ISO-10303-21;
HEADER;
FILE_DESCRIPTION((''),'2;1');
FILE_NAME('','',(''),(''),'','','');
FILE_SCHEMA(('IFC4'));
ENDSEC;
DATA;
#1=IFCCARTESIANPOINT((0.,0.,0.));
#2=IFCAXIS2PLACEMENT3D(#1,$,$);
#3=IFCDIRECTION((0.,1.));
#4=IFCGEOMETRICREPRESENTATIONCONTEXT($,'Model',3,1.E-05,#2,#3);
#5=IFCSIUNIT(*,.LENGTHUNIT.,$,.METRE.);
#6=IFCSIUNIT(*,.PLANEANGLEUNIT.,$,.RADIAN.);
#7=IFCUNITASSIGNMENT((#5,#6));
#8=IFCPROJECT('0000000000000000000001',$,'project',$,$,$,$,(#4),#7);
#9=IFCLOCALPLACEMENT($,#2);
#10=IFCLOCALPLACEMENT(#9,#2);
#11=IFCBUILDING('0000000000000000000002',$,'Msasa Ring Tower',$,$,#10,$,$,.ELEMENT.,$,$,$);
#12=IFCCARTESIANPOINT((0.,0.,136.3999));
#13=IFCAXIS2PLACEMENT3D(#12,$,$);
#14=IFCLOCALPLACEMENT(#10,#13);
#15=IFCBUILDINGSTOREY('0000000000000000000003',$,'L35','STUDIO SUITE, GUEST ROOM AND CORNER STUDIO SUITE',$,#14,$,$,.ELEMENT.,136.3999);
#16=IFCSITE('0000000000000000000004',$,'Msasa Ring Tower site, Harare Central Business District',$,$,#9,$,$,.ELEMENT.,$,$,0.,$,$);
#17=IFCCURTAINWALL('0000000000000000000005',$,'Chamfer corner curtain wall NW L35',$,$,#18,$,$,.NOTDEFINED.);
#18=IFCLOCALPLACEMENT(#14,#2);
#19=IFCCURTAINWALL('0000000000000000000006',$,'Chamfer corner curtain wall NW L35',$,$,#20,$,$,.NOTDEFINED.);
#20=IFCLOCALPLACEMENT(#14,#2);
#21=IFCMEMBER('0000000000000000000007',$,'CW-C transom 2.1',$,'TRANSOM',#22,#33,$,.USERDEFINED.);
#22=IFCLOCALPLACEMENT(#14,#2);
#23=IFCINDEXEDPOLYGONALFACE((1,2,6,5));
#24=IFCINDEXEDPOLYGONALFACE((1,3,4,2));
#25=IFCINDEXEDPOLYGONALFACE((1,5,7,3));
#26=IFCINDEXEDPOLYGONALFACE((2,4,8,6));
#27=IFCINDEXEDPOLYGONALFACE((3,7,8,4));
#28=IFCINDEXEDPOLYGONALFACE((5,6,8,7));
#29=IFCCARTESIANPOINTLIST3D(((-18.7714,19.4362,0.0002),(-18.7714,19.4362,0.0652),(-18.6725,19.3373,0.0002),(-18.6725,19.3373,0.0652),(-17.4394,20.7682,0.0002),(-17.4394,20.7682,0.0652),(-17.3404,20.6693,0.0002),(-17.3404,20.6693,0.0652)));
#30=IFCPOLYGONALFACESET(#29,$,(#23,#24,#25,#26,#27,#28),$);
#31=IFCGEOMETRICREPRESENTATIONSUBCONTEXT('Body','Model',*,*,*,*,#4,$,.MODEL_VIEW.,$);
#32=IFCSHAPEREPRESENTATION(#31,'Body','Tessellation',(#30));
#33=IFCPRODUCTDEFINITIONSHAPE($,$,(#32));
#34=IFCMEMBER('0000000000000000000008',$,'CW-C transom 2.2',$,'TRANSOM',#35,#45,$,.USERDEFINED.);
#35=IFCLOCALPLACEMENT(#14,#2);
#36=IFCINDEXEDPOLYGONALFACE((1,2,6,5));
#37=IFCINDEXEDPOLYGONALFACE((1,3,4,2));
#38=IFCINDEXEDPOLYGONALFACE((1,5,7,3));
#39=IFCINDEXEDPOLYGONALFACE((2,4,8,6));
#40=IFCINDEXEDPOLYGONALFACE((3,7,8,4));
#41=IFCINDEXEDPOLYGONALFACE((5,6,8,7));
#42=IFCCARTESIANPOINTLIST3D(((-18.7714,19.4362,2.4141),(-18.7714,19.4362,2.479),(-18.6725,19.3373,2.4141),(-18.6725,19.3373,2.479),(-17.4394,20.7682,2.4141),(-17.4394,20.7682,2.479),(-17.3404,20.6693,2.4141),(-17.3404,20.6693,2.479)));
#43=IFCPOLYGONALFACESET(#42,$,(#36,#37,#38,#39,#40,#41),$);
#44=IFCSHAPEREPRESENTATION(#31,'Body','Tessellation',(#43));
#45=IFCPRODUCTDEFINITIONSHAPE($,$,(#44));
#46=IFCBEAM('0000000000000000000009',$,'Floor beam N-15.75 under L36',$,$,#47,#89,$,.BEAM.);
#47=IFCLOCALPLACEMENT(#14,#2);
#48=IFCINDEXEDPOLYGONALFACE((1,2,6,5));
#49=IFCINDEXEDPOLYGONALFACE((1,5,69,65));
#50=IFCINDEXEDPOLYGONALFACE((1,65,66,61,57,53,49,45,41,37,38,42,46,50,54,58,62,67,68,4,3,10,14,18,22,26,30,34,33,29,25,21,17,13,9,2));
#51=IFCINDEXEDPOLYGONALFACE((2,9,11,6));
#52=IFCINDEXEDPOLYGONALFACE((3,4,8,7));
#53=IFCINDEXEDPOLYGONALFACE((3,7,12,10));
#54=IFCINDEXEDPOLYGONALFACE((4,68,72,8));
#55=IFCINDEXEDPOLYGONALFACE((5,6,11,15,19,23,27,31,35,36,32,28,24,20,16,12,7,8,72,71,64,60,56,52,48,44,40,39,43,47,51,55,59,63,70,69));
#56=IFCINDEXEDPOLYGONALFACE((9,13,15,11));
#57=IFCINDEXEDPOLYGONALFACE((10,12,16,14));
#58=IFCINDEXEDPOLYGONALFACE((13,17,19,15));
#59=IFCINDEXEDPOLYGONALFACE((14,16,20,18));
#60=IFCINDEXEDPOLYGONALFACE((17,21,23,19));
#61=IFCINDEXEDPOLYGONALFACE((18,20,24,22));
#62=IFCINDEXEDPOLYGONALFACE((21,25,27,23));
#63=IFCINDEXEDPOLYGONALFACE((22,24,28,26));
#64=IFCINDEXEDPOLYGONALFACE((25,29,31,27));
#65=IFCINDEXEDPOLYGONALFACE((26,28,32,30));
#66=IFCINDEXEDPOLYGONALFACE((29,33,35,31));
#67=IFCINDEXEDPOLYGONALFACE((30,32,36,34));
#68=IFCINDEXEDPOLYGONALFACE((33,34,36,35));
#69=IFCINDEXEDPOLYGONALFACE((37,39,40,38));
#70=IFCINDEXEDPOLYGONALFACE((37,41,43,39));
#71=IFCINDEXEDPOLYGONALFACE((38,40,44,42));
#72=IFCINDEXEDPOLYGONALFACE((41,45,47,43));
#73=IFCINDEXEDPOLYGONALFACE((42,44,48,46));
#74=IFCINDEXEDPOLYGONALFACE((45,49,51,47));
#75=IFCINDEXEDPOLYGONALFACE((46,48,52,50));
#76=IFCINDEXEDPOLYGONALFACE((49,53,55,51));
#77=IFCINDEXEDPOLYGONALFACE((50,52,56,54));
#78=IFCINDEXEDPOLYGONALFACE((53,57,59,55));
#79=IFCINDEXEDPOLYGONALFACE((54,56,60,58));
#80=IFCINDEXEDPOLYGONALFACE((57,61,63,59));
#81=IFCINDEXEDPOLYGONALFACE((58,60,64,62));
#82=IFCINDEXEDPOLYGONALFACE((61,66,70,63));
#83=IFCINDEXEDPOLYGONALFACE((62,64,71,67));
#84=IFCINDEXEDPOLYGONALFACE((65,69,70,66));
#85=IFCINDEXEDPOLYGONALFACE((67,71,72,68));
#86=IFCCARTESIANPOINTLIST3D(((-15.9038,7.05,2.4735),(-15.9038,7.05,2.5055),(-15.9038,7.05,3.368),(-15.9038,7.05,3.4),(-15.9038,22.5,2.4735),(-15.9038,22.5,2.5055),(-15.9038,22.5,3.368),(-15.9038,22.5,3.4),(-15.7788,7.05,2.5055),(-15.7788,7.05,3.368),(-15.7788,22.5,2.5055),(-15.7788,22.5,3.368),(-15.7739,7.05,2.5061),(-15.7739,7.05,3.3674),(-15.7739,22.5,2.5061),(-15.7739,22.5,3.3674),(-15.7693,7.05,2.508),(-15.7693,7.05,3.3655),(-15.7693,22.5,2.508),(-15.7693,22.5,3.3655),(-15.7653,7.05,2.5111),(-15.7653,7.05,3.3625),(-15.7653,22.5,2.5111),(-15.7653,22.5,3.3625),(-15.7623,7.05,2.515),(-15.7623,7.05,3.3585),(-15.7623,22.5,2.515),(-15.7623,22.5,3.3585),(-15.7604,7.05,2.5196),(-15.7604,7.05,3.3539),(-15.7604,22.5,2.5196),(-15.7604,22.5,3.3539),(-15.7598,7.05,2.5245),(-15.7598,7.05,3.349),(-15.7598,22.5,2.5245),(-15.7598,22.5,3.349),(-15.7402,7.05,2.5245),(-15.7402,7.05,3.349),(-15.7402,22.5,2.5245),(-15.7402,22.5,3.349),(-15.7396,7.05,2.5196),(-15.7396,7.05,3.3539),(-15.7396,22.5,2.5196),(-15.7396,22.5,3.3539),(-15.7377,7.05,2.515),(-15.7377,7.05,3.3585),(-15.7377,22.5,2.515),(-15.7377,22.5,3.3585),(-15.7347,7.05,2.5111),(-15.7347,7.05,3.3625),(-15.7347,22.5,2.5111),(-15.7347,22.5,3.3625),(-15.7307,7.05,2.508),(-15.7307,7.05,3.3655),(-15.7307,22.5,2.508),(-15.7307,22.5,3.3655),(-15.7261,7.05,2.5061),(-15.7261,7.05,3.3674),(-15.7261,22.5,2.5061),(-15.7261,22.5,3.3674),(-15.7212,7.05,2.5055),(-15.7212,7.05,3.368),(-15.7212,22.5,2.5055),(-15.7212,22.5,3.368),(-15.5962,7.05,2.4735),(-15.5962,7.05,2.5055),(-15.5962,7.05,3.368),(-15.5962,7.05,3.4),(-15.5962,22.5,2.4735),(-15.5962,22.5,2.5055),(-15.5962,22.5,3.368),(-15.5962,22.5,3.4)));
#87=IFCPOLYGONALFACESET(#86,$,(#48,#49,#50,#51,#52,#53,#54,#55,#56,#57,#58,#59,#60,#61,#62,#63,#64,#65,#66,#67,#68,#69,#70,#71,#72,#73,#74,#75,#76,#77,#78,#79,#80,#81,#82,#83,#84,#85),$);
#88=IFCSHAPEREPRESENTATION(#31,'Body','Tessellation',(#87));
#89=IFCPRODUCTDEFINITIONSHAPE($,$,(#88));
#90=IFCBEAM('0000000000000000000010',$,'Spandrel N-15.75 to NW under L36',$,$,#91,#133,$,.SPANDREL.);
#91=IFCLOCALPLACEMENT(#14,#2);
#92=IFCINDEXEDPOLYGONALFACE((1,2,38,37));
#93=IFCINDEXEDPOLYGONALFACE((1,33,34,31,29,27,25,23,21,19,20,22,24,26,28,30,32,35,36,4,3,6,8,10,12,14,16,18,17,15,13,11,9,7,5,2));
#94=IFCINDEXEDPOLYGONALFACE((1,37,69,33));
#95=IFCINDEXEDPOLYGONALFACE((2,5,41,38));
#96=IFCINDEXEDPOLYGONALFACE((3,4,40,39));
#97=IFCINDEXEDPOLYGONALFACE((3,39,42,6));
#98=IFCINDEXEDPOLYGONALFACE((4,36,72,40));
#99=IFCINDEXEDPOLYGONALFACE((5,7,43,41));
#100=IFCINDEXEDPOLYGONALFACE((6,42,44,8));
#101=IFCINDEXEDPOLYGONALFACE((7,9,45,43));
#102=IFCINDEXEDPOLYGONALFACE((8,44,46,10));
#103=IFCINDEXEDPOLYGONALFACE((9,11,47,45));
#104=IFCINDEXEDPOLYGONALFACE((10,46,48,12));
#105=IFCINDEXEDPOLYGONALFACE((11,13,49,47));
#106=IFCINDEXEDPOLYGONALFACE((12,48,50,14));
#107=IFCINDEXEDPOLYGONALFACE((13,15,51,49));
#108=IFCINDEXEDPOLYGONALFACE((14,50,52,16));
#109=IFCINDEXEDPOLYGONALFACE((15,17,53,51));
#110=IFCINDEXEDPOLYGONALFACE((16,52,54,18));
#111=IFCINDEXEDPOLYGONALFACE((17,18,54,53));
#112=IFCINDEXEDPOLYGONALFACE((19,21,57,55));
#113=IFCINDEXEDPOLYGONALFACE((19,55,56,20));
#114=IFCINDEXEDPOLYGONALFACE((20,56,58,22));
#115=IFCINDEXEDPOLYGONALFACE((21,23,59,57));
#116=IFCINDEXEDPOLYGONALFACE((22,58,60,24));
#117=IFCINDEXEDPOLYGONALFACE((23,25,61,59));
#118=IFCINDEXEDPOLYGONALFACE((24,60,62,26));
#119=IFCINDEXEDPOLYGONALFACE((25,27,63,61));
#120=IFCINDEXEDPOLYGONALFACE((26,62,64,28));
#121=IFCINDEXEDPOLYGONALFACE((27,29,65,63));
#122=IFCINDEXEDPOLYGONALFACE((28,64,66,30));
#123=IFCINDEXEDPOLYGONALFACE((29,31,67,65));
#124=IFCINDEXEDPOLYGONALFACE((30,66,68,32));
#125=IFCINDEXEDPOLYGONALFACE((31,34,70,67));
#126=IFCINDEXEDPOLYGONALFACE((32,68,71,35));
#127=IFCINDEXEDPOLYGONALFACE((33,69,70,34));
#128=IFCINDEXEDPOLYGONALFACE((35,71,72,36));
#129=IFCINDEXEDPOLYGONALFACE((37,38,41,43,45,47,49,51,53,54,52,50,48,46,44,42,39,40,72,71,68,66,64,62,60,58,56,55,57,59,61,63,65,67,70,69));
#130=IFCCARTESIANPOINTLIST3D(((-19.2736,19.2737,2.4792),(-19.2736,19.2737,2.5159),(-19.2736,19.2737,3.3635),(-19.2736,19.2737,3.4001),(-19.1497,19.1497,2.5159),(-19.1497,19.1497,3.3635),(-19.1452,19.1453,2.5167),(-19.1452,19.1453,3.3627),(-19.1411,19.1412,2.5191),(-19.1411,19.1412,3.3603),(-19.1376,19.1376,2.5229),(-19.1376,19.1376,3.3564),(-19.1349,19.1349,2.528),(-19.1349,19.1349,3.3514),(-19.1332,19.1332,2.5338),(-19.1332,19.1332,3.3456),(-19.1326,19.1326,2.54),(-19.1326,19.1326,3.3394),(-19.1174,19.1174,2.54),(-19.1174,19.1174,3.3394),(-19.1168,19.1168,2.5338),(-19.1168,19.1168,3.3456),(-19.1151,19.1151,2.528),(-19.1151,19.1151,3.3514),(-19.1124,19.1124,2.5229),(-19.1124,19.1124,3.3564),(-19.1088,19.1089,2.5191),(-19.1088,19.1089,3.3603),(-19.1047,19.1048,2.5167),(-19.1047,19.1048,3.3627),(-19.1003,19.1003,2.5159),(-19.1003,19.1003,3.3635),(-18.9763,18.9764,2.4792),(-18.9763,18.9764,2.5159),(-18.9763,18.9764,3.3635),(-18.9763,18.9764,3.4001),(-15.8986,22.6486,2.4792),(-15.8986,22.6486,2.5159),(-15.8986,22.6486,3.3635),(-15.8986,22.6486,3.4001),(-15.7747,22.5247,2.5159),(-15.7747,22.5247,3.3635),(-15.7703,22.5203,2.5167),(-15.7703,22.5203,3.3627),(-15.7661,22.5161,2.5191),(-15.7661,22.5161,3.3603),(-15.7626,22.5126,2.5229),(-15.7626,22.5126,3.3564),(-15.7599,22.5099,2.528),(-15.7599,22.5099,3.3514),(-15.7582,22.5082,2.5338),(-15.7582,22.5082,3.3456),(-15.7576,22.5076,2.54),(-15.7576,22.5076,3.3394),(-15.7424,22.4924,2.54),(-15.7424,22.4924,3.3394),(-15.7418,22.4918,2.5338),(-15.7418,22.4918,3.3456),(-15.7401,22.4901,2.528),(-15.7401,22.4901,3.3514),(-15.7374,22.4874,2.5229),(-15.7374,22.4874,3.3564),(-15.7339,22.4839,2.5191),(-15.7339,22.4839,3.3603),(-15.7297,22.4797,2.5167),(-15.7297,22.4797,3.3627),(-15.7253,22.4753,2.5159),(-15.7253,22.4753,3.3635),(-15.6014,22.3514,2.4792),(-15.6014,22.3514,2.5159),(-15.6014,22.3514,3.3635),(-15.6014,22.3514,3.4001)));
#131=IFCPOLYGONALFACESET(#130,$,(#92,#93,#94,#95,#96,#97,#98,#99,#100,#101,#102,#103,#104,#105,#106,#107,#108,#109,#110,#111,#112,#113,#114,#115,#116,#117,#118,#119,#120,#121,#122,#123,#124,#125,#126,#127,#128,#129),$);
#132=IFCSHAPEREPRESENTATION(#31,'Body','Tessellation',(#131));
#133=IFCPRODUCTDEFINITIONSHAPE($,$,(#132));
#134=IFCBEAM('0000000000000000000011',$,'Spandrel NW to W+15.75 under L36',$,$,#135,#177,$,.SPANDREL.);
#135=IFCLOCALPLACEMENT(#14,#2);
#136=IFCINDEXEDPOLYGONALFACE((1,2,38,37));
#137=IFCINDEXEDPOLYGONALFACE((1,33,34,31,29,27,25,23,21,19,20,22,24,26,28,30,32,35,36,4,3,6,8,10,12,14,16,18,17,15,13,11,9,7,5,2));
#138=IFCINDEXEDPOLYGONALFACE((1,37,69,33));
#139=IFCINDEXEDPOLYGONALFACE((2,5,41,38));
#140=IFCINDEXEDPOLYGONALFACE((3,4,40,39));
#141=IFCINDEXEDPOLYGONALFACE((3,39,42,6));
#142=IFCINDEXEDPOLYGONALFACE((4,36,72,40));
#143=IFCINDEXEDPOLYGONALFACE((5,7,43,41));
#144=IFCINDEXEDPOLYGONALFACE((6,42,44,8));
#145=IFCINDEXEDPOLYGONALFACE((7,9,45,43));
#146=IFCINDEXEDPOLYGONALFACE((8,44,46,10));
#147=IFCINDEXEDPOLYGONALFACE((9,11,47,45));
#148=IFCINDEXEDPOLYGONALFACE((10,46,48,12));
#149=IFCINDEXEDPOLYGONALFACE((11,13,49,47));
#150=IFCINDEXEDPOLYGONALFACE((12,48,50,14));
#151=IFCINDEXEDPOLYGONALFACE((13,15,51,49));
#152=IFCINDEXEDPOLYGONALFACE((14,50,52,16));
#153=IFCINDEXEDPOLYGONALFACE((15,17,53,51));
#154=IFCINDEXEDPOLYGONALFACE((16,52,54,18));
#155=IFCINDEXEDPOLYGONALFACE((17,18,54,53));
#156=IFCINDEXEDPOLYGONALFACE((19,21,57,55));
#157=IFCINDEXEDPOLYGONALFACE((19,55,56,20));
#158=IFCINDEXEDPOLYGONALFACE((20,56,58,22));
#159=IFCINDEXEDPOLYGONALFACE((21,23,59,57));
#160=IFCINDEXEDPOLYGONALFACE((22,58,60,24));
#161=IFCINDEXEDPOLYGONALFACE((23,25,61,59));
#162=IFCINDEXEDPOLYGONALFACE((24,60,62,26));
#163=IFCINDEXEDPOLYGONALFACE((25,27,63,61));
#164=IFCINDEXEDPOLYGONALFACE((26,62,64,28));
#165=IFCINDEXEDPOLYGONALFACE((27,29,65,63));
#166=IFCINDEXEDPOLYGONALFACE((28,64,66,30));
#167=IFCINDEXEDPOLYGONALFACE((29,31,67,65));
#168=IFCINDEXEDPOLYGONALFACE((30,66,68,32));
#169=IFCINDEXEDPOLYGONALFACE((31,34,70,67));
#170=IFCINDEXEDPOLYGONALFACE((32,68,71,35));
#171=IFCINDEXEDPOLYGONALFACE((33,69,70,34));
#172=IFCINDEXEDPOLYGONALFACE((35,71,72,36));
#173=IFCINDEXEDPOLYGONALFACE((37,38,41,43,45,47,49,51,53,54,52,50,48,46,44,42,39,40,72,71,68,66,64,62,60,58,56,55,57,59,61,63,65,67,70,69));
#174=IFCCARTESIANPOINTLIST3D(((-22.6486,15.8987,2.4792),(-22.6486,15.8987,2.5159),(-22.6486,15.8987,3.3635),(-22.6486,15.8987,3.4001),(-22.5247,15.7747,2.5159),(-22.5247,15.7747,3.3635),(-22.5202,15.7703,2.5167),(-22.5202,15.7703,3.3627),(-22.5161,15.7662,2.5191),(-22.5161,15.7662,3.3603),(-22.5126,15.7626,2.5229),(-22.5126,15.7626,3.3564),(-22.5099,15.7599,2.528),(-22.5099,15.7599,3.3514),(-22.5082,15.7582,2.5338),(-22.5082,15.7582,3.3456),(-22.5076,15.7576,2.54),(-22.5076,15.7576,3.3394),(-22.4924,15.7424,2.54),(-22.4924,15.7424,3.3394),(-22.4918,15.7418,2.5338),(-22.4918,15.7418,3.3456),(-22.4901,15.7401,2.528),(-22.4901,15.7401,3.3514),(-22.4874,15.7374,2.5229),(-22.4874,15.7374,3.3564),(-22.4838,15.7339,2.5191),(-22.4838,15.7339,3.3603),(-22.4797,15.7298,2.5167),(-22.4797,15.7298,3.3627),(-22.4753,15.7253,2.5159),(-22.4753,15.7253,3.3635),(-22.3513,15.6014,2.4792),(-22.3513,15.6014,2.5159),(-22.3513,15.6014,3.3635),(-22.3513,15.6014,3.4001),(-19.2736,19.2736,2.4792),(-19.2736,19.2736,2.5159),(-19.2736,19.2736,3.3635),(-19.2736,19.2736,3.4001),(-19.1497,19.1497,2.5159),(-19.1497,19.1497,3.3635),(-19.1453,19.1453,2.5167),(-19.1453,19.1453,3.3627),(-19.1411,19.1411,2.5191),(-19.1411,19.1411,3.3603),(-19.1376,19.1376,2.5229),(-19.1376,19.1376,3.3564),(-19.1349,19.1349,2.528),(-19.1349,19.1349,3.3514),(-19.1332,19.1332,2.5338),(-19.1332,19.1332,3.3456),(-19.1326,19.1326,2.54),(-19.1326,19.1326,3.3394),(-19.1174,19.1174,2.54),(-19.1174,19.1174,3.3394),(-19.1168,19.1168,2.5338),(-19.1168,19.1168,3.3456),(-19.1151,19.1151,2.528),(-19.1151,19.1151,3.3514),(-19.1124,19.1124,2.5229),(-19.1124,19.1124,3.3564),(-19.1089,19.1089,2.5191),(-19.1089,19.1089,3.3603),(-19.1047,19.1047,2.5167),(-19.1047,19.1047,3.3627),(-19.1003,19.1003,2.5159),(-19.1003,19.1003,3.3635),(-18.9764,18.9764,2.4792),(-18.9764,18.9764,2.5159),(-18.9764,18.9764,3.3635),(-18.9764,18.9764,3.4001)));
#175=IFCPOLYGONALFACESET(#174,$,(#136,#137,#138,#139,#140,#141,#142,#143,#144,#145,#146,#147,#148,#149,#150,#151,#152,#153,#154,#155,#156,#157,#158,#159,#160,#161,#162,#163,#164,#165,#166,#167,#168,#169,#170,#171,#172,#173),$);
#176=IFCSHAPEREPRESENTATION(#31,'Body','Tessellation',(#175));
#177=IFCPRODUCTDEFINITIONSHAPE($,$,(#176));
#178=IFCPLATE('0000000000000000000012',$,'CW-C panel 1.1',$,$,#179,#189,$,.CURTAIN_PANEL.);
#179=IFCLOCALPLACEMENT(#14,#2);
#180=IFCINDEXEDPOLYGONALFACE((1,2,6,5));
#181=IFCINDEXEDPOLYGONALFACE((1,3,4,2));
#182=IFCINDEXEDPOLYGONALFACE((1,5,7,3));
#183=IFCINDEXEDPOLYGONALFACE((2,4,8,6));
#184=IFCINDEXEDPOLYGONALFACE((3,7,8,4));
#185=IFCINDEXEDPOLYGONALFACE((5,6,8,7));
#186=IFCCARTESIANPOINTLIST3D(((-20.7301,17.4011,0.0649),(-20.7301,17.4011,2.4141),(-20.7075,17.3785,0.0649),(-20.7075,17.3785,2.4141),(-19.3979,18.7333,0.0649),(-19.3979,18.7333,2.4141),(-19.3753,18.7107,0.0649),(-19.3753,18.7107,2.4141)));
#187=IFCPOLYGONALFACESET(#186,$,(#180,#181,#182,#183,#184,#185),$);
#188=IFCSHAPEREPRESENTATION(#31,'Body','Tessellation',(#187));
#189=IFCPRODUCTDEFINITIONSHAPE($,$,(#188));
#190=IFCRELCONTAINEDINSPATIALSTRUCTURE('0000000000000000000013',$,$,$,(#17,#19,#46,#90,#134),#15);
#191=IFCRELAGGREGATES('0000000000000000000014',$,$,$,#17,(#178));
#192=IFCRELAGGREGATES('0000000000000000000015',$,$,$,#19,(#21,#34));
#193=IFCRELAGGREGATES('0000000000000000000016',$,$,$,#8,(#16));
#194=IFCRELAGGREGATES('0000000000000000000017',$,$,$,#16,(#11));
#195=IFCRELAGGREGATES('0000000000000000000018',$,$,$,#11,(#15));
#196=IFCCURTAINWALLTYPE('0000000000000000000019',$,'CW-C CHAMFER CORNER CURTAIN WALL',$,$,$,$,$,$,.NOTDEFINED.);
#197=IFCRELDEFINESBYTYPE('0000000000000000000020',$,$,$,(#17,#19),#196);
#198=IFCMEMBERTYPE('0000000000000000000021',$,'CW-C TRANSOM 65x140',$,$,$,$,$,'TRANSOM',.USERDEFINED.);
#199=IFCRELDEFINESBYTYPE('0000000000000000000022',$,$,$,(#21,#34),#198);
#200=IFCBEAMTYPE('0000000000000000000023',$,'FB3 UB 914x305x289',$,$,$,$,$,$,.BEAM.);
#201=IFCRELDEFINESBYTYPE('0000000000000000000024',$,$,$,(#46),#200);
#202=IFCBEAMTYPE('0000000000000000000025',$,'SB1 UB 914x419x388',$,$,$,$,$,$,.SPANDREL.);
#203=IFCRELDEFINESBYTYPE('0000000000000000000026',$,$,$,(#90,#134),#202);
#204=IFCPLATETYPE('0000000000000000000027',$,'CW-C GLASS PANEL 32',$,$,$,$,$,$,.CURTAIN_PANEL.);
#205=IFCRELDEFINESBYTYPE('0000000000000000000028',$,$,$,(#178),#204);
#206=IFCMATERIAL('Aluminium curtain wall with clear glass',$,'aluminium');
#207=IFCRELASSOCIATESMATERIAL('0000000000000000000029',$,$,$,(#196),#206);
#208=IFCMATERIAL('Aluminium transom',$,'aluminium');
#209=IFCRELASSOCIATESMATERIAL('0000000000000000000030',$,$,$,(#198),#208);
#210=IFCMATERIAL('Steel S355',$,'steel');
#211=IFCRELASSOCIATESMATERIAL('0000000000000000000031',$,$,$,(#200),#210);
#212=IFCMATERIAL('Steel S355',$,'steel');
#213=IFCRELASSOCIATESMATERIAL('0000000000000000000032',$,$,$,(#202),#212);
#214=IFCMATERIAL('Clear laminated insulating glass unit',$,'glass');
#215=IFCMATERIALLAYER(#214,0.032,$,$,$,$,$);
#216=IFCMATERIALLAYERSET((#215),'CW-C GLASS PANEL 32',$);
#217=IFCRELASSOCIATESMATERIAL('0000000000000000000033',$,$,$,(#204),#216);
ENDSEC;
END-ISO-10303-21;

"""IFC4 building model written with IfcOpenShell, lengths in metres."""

from ifc_helpers import new_model, si_unit, direction, frame, origin, origin_2d, place, context, subcontext, project, spatial, rectangle, i_section, extrude, material, layer, layer_set, material_profile, profile_set, type_object, element, aggregate, save


model = new_model("IFC4")

# Units and contexts
model_context = context("Model", 3, precision=1e-05, world=origin(), true_north=direction((0.0, 1.0)))
body_context = subcontext(model_context, "Body", "Model", "MODEL_VIEW")
ifc_project = project(units=[si_unit("LENGTHUNIT", "METRE"), si_unit("PLANEANGLEUNIT", "RADIAN")], contexts=[model_context])

# Site, building, storey
site_placement = place(None, origin())
site = spatial("IfcSite", under=ifc_project, at=site_placement, Name="Msasa Ring Tower site, Harare Central Business District", CompositionType="ELEMENT", RefElevation=0.0)
building_placement = place(site_placement, origin())
building = spatial("IfcBuilding", under=site, at=building_placement, Name="Msasa Ring Tower", CompositionType="ELEMENT")
storey_placement = place(building_placement, frame((0.0, 0.0, 136.3999)))
storey = spatial("IfcBuildingStorey", under=building, at=storey_placement, Name="L35", Description="STUDIO SUITE, GUEST ROOM AND CORNER STUDIO SUITE", CompositionType="ELEMENT", Elevation=136.3999)

# Curtain walls
ifc_material_1 = material(Name="Aluminium curtain wall with clear glass", Category="aluminium")
curtain_wall_type = type_object("IfcCurtainWallType", Name="CW-C CHAMFER CORNER CURTAIN WALL", PredefinedType="NOTDEFINED", material=ifc_material_1)
curtain_wall_1_placement = place(storey_placement, origin())
curtain_wall_1 = element("IfcCurtainWall", 1, at=curtain_wall_1_placement, inside=storey, type_object=curtain_wall_type, Name="Chamfer corner curtain wall NW L35", PredefinedType="NOTDEFINED")
curtain_wall_2_placement = place(storey_placement, origin())
curtain_wall_2 = element("IfcCurtainWall", 2, at=curtain_wall_2_placement, inside=storey, type_object=curtain_wall_type, Name="Chamfer corner curtain wall NW L35", PredefinedType="NOTDEFINED")

# Members
ifc_material_2 = material(Name="Aluminium transom", Category="aluminium")
ifc_material_profile_1 = material_profile(ifc_material_2, rectangle(XDim=0.1399, YDim=0.0649, at=origin_2d()), Name="AL 65x140")
ifc_profile_set_1 = profile_set([ifc_material_profile_1], Name="Aluminium transom")
member_type_1 = type_object("IfcMemberType", Name="CW-C TRANSOM 65x140", ElementType="TRANSOM", PredefinedType="USERDEFINED", material=ifc_profile_set_1)
member_1_placement = place(storey_placement, frame((-17.3899, 20.7188, 0.0327), z_axis=(-0.707107, -0.707107, 0.0), x_axis=(0.707107, -0.707107, 0.0)))
member_1 = element("IfcMember", 3, at=member_1_placement, type_object=member_type_1, Name="CW-C transom 2.1", ObjectType="TRANSOM", PredefinedType="USERDEFINED", context=body_context, shape_type="SweptSolid", body=[
    extrude(rectangle(XDim=0.1399, YDim=0.0649, at=origin_2d()), origin(), (0.0, 0.0, 1.0), 1.8838),
])
member_2_placement = place(storey_placement, frame((-17.3899, 20.7188, 2.4465), z_axis=(-0.707107, -0.707107, 0.0), x_axis=(0.707107, -0.707107, 0.0)))
member_2 = element("IfcMember", 4, at=member_2_placement, type_object=member_type_1, Name="CW-C transom 2.2", ObjectType="TRANSOM", PredefinedType="USERDEFINED", context=body_context, shape_type="SweptSolid", body=[
    extrude(rectangle(XDim=0.1399, YDim=0.0649, at=origin_2d()), origin(), (0.0, 0.0, 1.0), 1.8838),
])

# Beams
ifc_material_3 = material(Name="Steel S355", Category="steel")
ifc_material_profile_2 = material_profile(ifc_material_3, i_section(OverallWidth=0.3076, OverallDepth=0.9265, WebThickness=0.0195, FlangeThickness=0.032, FilletRadius=0.019, at=origin_2d()), Name="UB 914x305x289")
ifc_profile_set_2 = profile_set([ifc_material_profile_2], Name="Steel S355")
beam_type_1 = type_object("IfcBeamType", Name="FB3 UB 914x305x289", PredefinedType="BEAM", material=ifc_profile_set_2)
beam_placement = place(storey_placement, frame((-15.75, 22.5, 2.9368), z_axis=(0.0, -1.0, 0.0), x_axis=(1.0, 0.0, 0.0)))
element("IfcBeam", 5, at=beam_placement, inside=storey, type_object=beam_type_1, Name="Floor beam N-15.75 under L36", PredefinedType="BEAM", context=body_context, shape_type="SweptSolid", body=[
    extrude(i_section(OverallWidth=0.3076, OverallDepth=0.9265, WebThickness=0.0195, FlangeThickness=0.032, FilletRadius=0.019, at=origin_2d()), origin(), (0.0, 0.0, 1.0), 15.45),
])
ifc_material_4 = material(Name="Steel S355", Category="steel")
ifc_material_profile_3 = material_profile(ifc_material_4, i_section(OverallWidth=0.4204, OverallDepth=0.9209, WebThickness=0.0215, FlangeThickness=0.0366, FilletRadius=0.0242, at=origin_2d()), Name="UB 914x419x388")
ifc_profile_set_3 = profile_set([ifc_material_profile_3], Name="Steel S355")
beam_type_2 = type_object("IfcBeamType", Name="SB1 UB 914x419x388", PredefinedType="SPANDREL", material=ifc_profile_set_3)
for number, where, z_axis, x_axis, name in (
    (6, (-15.75, 22.5, 2.9397), (-0.707107, -0.707107, 0.0), (0.707107, -0.707107, 0.0), "Spandrel N-15.75 to NW under L36"),
    (7, (-19.125, 19.125, 2.9397), (-0.707107, -0.707107, 0.0), (0.707107, -0.707107, 0.0), "Spandrel NW to W+15.75 under L36"),
):
    element("IfcBeam", number, at=place(storey_placement, frame(where, z_axis=z_axis, x_axis=x_axis)), inside=storey, type_object=beam_type_2, Name=name, PredefinedType="SPANDREL", context=body_context, shape_type="SweptSolid", body=[
        extrude(i_section(OverallWidth=0.4204, OverallDepth=0.9209, WebThickness=0.0215, FlangeThickness=0.0366, FilletRadius=0.0242, at=origin_2d()), origin(), (0.0, 0.0, 1.0), 4.7729),
    ])

# Plate
ifc_material_5 = material(Name="Clear laminated insulating glass unit", Category="glass")
ifc_layer_1 = layer(ifc_material_5, 0.032)
ifc_layer_set_1 = layer_set([ifc_layer_1], Name="CW-C GLASS PANEL 32")
plate_type = type_object("IfcPlateType", Name="CW-C GLASS PANEL 32", PredefinedType="CURTAIN_PANEL", material=ifc_layer_set_1)
plate_1_placement = place(storey_placement, frame((-20.0527, 18.0559, 0.0649), z_axis=(0.0, 0.0, 1.0), x_axis=(-0.707107, -0.707107, 0.0)))
plate_1 = element("IfcPlate", 8, at=plate_1_placement, type_object=plate_type, Name="CW-C panel 1.1", PredefinedType="CURTAIN_PANEL", context=body_context, shape_type="SweptSolid", body=[
    extrude(rectangle(XDim=1.884, YDim=0.032, at=origin_2d()), origin(), (0.0, 0.0, 1.0), 2.3491),
])
aggregate(curtain_wall_1, [plate_1])
aggregate(curtain_wall_2, [member_1, member_2])

save(model, "model.ifc")
